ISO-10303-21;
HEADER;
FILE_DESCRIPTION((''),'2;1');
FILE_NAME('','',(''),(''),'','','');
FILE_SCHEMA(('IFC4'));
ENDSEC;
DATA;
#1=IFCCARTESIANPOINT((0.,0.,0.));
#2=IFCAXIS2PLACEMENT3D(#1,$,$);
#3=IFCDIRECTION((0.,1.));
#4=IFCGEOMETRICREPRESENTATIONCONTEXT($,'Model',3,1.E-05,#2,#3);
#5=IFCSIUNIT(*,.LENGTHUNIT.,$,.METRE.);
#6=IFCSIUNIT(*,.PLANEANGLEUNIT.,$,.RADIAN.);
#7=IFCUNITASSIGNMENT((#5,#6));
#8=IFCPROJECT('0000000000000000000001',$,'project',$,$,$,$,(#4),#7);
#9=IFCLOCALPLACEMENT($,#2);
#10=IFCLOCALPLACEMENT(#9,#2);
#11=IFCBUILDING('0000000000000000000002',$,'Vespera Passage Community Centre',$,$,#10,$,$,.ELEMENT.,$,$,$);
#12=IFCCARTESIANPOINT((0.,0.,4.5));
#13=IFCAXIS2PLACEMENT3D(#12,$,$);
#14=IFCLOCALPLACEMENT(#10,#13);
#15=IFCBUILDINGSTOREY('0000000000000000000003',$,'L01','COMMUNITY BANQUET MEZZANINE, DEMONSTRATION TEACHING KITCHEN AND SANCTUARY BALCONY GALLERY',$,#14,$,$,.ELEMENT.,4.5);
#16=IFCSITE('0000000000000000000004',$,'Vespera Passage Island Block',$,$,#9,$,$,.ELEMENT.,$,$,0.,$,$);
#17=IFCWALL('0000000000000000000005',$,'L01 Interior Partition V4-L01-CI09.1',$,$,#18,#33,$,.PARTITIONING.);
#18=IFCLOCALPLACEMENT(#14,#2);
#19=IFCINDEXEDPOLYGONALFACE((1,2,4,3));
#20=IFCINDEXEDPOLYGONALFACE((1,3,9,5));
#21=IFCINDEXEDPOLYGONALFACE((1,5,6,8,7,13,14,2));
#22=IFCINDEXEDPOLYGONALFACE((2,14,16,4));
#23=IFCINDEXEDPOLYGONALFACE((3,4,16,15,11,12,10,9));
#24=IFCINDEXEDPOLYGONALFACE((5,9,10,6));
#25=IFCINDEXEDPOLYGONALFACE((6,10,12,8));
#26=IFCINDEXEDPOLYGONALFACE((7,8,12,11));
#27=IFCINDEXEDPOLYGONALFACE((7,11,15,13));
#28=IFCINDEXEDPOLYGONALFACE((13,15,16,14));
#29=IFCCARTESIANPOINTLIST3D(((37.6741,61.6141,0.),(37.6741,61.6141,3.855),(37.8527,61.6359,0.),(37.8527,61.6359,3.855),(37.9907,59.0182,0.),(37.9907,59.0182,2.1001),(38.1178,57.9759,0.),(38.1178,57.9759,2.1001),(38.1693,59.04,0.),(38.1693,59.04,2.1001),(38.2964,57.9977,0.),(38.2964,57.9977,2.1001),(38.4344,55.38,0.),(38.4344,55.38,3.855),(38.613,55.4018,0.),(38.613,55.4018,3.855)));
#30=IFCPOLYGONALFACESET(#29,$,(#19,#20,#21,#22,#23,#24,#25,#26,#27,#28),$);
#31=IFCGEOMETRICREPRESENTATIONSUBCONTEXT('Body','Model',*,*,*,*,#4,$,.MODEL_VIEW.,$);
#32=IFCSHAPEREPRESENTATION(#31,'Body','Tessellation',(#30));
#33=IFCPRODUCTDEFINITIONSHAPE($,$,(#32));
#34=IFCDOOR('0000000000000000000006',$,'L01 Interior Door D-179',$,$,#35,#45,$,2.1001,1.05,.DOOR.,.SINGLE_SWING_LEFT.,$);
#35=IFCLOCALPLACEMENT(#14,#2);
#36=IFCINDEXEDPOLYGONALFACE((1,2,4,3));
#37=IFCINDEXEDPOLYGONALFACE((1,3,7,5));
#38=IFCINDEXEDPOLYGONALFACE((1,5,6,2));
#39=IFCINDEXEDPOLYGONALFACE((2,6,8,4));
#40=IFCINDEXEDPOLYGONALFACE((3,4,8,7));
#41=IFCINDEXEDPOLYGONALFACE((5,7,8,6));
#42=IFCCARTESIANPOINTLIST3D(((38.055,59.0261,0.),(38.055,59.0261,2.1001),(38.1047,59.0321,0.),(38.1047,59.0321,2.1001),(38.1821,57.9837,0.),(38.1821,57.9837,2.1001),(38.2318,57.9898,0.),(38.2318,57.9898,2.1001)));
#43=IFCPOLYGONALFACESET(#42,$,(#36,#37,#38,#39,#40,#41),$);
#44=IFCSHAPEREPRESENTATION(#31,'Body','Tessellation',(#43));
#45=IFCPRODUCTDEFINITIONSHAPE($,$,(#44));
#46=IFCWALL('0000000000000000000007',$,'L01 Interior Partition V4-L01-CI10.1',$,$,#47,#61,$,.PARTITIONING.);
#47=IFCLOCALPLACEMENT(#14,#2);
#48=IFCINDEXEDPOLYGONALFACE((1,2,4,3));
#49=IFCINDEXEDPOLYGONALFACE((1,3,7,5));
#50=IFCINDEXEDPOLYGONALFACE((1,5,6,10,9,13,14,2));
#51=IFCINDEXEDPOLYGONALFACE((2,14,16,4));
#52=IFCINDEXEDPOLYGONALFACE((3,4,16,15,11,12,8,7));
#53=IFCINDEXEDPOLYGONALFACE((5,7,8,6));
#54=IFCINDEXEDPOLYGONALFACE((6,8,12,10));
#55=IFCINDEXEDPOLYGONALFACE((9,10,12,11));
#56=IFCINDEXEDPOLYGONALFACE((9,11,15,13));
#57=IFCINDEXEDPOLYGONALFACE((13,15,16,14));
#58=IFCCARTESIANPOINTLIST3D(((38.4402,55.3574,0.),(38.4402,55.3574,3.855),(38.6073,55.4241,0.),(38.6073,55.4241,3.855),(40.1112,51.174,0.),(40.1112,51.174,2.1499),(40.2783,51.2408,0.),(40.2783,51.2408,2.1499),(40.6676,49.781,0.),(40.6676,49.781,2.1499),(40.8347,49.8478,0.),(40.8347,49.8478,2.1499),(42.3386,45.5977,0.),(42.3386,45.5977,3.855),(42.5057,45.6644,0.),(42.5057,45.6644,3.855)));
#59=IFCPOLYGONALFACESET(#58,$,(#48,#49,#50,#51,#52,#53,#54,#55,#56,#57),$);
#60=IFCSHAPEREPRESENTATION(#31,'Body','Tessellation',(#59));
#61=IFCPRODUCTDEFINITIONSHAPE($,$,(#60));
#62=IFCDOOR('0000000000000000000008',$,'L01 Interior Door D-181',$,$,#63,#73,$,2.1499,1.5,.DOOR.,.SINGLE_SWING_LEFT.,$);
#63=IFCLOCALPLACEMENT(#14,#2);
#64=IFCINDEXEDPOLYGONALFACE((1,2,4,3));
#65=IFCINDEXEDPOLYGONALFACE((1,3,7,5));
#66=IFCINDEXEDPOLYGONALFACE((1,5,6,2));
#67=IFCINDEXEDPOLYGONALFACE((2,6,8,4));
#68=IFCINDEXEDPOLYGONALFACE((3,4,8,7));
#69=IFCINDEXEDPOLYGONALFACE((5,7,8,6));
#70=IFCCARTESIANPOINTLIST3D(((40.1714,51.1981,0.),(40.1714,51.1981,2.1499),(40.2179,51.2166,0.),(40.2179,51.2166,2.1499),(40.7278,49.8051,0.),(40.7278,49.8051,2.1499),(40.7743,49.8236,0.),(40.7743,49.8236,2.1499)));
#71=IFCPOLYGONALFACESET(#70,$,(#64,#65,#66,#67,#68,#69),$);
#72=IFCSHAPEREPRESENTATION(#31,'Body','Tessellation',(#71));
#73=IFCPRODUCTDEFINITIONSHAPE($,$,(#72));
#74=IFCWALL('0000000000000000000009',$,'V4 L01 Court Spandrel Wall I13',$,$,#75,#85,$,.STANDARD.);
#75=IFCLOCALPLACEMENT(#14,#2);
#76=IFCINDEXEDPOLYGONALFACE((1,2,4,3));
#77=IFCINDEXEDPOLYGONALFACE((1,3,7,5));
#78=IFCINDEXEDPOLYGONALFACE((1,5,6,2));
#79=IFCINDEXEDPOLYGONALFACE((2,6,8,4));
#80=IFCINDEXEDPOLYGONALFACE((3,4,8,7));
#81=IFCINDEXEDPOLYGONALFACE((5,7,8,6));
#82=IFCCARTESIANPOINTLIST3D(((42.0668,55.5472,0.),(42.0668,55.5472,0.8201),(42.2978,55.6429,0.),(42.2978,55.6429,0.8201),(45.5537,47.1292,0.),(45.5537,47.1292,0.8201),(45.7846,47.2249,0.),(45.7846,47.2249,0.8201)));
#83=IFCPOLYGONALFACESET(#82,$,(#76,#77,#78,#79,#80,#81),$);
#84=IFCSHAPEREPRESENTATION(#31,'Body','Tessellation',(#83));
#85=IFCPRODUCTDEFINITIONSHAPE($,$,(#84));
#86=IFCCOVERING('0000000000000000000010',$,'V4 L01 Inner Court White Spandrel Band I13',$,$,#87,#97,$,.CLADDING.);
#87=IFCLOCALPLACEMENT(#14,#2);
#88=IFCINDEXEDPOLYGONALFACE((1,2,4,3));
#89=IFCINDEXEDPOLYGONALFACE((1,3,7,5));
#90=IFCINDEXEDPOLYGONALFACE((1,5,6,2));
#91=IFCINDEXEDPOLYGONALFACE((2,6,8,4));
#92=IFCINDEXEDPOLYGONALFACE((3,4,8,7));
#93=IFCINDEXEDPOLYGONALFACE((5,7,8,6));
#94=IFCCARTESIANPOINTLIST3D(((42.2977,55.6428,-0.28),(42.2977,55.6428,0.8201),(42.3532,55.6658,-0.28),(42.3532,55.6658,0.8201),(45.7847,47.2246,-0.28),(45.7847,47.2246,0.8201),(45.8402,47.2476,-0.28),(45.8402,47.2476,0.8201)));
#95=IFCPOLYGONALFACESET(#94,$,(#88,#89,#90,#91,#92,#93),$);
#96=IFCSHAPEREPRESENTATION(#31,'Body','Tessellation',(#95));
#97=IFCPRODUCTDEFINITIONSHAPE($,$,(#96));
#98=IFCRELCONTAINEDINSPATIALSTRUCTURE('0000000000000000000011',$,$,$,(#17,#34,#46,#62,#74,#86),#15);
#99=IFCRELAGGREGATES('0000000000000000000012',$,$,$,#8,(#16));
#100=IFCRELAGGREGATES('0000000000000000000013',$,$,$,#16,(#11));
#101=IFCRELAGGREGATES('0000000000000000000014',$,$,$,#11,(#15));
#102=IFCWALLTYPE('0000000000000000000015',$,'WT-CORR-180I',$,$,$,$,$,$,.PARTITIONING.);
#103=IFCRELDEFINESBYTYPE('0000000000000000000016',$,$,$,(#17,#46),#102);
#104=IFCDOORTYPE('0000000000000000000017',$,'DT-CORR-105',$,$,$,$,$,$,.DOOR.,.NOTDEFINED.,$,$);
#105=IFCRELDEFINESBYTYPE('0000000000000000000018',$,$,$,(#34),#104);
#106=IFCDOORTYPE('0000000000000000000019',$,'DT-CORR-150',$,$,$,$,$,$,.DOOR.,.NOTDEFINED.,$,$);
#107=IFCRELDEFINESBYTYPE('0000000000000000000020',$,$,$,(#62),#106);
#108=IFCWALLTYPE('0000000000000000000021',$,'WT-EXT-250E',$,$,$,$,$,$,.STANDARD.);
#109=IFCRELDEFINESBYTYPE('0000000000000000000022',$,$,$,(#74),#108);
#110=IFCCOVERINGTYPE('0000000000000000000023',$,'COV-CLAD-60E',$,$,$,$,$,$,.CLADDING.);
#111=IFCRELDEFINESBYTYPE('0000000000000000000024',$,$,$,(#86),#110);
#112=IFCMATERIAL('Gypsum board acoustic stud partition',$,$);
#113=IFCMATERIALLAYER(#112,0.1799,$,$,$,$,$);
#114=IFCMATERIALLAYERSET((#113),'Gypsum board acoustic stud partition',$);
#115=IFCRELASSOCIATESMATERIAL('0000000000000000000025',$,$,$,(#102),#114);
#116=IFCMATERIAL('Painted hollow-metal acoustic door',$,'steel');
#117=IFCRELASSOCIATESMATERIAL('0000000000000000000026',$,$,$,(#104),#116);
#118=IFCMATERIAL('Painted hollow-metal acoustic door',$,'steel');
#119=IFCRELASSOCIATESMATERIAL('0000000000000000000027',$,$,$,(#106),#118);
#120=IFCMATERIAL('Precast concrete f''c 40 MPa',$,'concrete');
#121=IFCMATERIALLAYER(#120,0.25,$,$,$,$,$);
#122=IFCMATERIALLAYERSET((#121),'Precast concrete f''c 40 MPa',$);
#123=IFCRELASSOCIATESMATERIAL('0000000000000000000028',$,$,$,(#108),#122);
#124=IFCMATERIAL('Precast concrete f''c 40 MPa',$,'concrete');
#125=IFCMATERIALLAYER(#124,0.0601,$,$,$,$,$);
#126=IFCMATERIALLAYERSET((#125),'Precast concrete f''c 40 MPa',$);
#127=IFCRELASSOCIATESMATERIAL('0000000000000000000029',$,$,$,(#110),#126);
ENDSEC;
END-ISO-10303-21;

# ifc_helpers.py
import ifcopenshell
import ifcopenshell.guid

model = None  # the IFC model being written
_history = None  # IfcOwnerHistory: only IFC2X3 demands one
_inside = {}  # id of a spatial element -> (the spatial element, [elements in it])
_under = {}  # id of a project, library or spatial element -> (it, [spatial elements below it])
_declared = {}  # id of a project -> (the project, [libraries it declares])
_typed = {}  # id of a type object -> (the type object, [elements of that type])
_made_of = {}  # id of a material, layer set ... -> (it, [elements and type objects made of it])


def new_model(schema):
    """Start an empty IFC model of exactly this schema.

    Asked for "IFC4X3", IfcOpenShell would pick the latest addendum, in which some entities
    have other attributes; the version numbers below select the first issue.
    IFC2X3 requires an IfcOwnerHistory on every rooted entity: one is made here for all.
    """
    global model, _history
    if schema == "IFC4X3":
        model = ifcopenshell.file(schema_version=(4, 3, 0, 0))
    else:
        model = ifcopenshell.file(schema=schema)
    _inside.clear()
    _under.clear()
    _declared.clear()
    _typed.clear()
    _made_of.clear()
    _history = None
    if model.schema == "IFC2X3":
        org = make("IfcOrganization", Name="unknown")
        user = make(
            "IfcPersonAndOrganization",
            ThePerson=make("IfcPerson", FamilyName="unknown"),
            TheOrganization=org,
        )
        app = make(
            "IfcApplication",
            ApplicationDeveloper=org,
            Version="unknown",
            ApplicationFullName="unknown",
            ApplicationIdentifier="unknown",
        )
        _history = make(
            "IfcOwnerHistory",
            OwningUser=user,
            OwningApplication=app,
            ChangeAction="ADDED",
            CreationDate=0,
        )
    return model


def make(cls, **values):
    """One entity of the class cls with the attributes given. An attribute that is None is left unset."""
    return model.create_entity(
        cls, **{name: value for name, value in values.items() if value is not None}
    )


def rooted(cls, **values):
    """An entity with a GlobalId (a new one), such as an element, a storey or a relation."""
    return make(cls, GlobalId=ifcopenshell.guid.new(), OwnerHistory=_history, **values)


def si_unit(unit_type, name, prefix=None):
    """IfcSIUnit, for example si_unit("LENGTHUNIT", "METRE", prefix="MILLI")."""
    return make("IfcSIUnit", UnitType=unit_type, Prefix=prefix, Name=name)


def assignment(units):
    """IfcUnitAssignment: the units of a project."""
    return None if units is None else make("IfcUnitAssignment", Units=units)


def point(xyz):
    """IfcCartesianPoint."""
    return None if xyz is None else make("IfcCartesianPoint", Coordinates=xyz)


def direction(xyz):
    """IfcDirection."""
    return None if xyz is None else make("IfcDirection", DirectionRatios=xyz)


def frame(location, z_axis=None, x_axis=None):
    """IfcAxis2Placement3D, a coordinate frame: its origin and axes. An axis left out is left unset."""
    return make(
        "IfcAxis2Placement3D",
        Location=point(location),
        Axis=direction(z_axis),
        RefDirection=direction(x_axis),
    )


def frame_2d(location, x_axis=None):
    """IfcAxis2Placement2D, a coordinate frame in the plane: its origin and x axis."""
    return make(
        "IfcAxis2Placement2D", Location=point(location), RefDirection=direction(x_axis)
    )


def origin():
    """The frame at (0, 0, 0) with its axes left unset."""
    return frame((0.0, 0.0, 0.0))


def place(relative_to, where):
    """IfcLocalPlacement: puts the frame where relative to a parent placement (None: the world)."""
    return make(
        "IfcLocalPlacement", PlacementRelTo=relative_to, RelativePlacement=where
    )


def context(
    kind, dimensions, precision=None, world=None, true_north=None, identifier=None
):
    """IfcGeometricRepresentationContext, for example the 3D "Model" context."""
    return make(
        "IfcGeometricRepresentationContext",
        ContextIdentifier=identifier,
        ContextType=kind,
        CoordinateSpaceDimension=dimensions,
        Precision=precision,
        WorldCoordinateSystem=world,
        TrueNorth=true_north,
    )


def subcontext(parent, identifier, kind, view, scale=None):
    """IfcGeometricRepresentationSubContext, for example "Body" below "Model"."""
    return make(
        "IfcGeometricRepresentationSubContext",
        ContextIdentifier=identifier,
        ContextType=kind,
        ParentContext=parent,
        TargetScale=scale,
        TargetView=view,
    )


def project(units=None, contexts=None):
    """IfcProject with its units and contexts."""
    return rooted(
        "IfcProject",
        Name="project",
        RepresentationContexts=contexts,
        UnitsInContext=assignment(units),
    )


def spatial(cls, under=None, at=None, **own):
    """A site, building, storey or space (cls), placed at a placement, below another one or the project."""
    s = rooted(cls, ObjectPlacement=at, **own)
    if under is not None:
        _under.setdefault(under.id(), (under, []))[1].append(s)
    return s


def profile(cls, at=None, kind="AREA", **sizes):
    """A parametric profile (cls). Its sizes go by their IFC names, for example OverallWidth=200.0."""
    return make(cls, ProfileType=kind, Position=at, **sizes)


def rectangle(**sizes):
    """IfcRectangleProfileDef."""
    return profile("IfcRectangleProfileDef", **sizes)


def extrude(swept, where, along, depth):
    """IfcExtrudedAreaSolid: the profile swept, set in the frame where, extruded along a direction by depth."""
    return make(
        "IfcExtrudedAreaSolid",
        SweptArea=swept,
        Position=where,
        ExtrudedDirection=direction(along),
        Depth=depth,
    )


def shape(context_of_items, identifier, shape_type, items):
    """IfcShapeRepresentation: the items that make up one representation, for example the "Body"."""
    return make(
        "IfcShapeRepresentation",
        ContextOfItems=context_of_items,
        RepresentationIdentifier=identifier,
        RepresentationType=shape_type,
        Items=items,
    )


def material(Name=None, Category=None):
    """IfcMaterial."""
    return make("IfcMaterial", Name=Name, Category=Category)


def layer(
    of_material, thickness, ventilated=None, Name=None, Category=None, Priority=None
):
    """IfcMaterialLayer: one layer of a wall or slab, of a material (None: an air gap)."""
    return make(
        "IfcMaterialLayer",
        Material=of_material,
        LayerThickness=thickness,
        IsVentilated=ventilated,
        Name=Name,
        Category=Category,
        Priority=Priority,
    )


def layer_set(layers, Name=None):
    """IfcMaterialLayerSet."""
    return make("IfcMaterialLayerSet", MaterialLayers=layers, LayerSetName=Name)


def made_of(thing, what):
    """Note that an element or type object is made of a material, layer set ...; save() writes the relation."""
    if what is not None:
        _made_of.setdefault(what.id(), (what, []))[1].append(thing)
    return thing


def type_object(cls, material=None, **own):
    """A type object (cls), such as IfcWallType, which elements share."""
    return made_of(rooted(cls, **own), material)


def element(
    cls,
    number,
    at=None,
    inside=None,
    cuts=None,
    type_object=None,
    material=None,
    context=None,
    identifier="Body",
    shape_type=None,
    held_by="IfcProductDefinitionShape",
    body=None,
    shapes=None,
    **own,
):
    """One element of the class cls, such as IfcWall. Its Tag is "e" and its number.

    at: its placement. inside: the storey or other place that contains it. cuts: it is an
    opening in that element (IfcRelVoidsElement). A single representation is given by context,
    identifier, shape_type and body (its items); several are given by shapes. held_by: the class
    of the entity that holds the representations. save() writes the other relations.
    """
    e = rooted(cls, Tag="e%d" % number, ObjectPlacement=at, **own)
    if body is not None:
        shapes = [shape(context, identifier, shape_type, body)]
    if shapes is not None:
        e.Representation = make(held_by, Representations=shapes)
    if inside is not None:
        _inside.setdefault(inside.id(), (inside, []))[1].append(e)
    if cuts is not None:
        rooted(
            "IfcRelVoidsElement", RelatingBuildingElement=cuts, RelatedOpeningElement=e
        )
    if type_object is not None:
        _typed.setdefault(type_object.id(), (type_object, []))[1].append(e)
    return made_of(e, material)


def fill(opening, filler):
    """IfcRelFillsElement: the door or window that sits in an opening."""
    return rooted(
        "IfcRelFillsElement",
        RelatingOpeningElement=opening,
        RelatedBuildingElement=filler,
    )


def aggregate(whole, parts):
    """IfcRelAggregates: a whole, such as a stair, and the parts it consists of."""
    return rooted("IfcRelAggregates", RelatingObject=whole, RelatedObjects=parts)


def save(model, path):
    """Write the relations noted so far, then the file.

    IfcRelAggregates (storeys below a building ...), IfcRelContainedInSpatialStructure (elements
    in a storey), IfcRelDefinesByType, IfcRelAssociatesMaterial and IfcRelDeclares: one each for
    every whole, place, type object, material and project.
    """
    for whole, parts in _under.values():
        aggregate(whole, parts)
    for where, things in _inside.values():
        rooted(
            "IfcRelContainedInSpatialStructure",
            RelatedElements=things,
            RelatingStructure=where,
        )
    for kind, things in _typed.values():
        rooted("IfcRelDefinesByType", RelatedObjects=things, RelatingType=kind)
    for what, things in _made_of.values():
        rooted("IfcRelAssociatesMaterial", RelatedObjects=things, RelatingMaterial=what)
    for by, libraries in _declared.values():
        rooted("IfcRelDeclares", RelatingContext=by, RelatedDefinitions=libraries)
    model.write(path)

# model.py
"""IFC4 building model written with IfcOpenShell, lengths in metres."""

from ifc_helpers import new_model, si_unit, direction, frame, frame_2d, origin, place, context, subcontext, project, spatial, rectangle, extrude, material, layer, layer_set, type_object, element, fill, save


model = new_model("IFC4")

# Units and contexts
model_context = context("Model", 3, precision=1e-05, world=origin(), true_north=direction((0.0, 1.0)))
body_context = subcontext(model_context, "Body", "Model", "MODEL_VIEW")
ifc_project = project(units=[si_unit("LENGTHUNIT", "METRE"), si_unit("PLANEANGLEUNIT", "RADIAN")], contexts=[model_context])

# Site, building, storey
site_placement = place(None, origin())
site = spatial("IfcSite", under=ifc_project, at=site_placement, Name="Vespera Passage Island Block", CompositionType="ELEMENT", RefElevation=0.0)
building_placement = place(site_placement, origin())
building = spatial("IfcBuilding", under=site, at=building_placement, Name="Vespera Passage Community Centre", CompositionType="ELEMENT")
storey_placement = place(building_placement, frame((0.0, 0.0, 4.5)))
storey = spatial("IfcBuildingStorey", under=building, at=storey_placement, Name="L01", Description="COMMUNITY BANQUET MEZZANINE, DEMONSTRATION TEACHING KITCHEN AND SANCTUARY BALCONY GALLERY", CompositionType="ELEMENT", Elevation=4.5)

# Walls, openings, doors
ifc_material_1 = material(Name="Gypsum board acoustic stud partition")
ifc_layer_1 = layer(ifc_material_1, 0.1799)
ifc_layer_set_1 = layer_set([ifc_layer_1], Name="Gypsum board acoustic stud partition")
wall_type_1 = type_object("IfcWallType", Name="WT-CORR-180I", PredefinedType="PARTITIONING", material=ifc_layer_set_1)
wall_1_placement = place(storey_placement, frame((37.7634, 61.625, 0.0), z_axis=(0.0, 0.0, 1.0), x_axis=(0.121053, -0.992646, 0.0)))
wall_1 = element("IfcWall", 1, at=wall_1_placement, inside=storey, type_object=wall_type_1, Name="L01 Interior Partition V4-L01-CI09.1", PredefinedType="PARTITIONING", context=body_context, shape_type="SweptSolid", body=[
    extrude(rectangle(XDim=6.2803, YDim=0.1799, at=frame_2d((3.1401, 0.0))), origin(), (0.0, 0.0, 1.0), 3.855),
])
opening_1_placement = place(wall_1_placement, frame((2.6152, 0.0, 0.0)))
opening_1 = element("IfcOpeningElement", 2, at=opening_1_placement, cuts=wall_1, PredefinedType="OPENING", context=body_context, shape_type="SweptSolid", body=[
    extrude(rectangle(XDim=1.05, YDim=2.1001, at=frame_2d((0.5249, 1.05))), frame((0.0, 0.0999, 0.0), z_axis=(0.0, -1.0, 0.0), x_axis=(1.0, 0.0, 0.0)), (0.0, 0.0, 1.0), 0.2),
])
ifc_material_2 = material(Name="Painted hollow-metal acoustic door", Category="steel")
door_type_1 = type_object("IfcDoorType", Name="DT-CORR-105", OperationType="NOTDEFINED", PredefinedType="DOOR", material=ifc_material_2)
door_1_placement = place(opening_1_placement, origin())
door_1 = element("IfcDoor", 3, at=door_1_placement, inside=storey, type_object=door_type_1, Name="L01 Interior Door D-179", OperationType="SINGLE_SWING_LEFT", OverallHeight=2.1001, OverallWidth=1.05, PredefinedType="DOOR", context=body_context, shape_type="SweptSolid", body=[
    extrude(rectangle(XDim=1.05, YDim=2.1001, at=frame_2d((0.5249, 1.05))), frame((0.0, 0.0249, 0.0), z_axis=(0.0, -1.0, 0.0), x_axis=(1.0, 0.0, 0.0)), (0.0, 0.0, 1.0), 0.05),
])
fill(opening_1, door_1)
wall_2_placement = place(storey_placement, frame((38.5237, 55.3909, 0.0), z_axis=(0.0, 0.0, 1.0), x_axis=(0.370942, -0.928656, 0.0)))
wall_2 = element("IfcWall", 4, at=wall_2_placement, inside=storey, type_object=wall_type_1, Name="L01 Interior Partition V4-L01-CI10.1", PredefinedType="PARTITIONING", context=body_context, shape_type="SweptSolid", body=[
    extrude(rectangle(XDim=10.5095, YDim=0.1799, at=frame_2d((5.2549, 0.0))), origin(), (0.0, 0.0, 1.0), 3.855),
])
opening_2_placement = place(wall_2_placement, frame((4.5049, 0.0, 0.0)))
opening_2 = element("IfcOpeningElement", 5, at=opening_2_placement, cuts=wall_2, PredefinedType="OPENING", context=body_context, shape_type="SweptSolid", body=[
    extrude(rectangle(XDim=1.5, YDim=2.1499, at=frame_2d((0.75, 1.075))), frame((0.0, 0.0999, 0.0), z_axis=(0.0, -1.0, 0.0), x_axis=(1.0, 0.0, 0.0)), (0.0, 0.0, 1.0), 0.2),
])
ifc_material_3 = material(Name="Painted hollow-metal acoustic door", Category="steel")
door_type_2 = type_object("IfcDoorType", Name="DT-CORR-150", OperationType="NOTDEFINED", PredefinedType="DOOR", material=ifc_material_3)
door_2_placement = place(opening_2_placement, origin())
door_2 = element("IfcDoor", 6, at=door_2_placement, inside=storey, type_object=door_type_2, Name="L01 Interior Door D-181", OperationType="SINGLE_SWING_LEFT", OverallHeight=2.1499, OverallWidth=1.5, PredefinedType="DOOR", context=body_context, shape_type="SweptSolid", body=[
    extrude(rectangle(XDim=1.5, YDim=2.1499, at=frame_2d((0.75, 1.075))), frame((0.0, 0.0249, 0.0), z_axis=(0.0, -1.0, 0.0), x_axis=(1.0, 0.0, 0.0)), (0.0, 0.0, 1.0), 0.05),
])
fill(opening_2, door_2)

# Wall
ifc_material_4 = material(Name="Precast concrete f'c 40 MPa", Category="concrete")
ifc_layer_2 = layer(ifc_material_4, 0.25)
ifc_layer_set_2 = layer_set([ifc_layer_2], Name="Precast concrete f'c 40 MPa")
wall_type_2 = type_object("IfcWallType", Name="WT-EXT-250E", PredefinedType="STANDARD", material=ifc_layer_set_2)
wall_3_placement = place(storey_placement, frame((42.1824, 55.595, 0.0), z_axis=(0.0, 0.0, 1.0), x_axis=(0.382682, -0.92388, 0.0)))
element("IfcWall", 7, at=wall_3_placement, inside=storey, type_object=wall_type_2, Name="V4 L01 Court Spandrel Wall I13", PredefinedType="STANDARD", context=body_context, shape_type="SweptSolid", body=[
    extrude(rectangle(XDim=9.1116, YDim=0.25, at=frame_2d((4.5557, 0.0))), origin(), (0.0, 0.0, 1.0), 0.8201),
])

# Covering
ifc_material_5 = material(Name="Precast concrete f'c 40 MPa", Category="concrete")
ifc_layer_3 = layer(ifc_material_5, 0.0601)
ifc_layer_set_3 = layer_set([ifc_layer_3], Name="Precast concrete f'c 40 MPa")
covering_type = type_object("IfcCoveringType", Name="COV-CLAD-60E", PredefinedType="CLADDING", material=ifc_layer_set_3)
covering_placement = place(storey_placement, frame((42.3254, 55.6543, -0.28), z_axis=(0.0, 0.0, 1.0), x_axis=(0.382695, -0.923875, 0.0)))
element("IfcCovering", 8, at=covering_placement, inside=storey, type_object=covering_type, Name="V4 L01 Inner Court White Spandrel Band I13", PredefinedType="CLADDING", context=body_context, shape_type="SweptSolid", body=[
    extrude(rectangle(XDim=9.1118, YDim=0.0601, at=frame_2d((4.5559, 0.0))), origin(), (0.0, 0.0, 1.0), 1.1001),
])

save(model, "model.ifc")
